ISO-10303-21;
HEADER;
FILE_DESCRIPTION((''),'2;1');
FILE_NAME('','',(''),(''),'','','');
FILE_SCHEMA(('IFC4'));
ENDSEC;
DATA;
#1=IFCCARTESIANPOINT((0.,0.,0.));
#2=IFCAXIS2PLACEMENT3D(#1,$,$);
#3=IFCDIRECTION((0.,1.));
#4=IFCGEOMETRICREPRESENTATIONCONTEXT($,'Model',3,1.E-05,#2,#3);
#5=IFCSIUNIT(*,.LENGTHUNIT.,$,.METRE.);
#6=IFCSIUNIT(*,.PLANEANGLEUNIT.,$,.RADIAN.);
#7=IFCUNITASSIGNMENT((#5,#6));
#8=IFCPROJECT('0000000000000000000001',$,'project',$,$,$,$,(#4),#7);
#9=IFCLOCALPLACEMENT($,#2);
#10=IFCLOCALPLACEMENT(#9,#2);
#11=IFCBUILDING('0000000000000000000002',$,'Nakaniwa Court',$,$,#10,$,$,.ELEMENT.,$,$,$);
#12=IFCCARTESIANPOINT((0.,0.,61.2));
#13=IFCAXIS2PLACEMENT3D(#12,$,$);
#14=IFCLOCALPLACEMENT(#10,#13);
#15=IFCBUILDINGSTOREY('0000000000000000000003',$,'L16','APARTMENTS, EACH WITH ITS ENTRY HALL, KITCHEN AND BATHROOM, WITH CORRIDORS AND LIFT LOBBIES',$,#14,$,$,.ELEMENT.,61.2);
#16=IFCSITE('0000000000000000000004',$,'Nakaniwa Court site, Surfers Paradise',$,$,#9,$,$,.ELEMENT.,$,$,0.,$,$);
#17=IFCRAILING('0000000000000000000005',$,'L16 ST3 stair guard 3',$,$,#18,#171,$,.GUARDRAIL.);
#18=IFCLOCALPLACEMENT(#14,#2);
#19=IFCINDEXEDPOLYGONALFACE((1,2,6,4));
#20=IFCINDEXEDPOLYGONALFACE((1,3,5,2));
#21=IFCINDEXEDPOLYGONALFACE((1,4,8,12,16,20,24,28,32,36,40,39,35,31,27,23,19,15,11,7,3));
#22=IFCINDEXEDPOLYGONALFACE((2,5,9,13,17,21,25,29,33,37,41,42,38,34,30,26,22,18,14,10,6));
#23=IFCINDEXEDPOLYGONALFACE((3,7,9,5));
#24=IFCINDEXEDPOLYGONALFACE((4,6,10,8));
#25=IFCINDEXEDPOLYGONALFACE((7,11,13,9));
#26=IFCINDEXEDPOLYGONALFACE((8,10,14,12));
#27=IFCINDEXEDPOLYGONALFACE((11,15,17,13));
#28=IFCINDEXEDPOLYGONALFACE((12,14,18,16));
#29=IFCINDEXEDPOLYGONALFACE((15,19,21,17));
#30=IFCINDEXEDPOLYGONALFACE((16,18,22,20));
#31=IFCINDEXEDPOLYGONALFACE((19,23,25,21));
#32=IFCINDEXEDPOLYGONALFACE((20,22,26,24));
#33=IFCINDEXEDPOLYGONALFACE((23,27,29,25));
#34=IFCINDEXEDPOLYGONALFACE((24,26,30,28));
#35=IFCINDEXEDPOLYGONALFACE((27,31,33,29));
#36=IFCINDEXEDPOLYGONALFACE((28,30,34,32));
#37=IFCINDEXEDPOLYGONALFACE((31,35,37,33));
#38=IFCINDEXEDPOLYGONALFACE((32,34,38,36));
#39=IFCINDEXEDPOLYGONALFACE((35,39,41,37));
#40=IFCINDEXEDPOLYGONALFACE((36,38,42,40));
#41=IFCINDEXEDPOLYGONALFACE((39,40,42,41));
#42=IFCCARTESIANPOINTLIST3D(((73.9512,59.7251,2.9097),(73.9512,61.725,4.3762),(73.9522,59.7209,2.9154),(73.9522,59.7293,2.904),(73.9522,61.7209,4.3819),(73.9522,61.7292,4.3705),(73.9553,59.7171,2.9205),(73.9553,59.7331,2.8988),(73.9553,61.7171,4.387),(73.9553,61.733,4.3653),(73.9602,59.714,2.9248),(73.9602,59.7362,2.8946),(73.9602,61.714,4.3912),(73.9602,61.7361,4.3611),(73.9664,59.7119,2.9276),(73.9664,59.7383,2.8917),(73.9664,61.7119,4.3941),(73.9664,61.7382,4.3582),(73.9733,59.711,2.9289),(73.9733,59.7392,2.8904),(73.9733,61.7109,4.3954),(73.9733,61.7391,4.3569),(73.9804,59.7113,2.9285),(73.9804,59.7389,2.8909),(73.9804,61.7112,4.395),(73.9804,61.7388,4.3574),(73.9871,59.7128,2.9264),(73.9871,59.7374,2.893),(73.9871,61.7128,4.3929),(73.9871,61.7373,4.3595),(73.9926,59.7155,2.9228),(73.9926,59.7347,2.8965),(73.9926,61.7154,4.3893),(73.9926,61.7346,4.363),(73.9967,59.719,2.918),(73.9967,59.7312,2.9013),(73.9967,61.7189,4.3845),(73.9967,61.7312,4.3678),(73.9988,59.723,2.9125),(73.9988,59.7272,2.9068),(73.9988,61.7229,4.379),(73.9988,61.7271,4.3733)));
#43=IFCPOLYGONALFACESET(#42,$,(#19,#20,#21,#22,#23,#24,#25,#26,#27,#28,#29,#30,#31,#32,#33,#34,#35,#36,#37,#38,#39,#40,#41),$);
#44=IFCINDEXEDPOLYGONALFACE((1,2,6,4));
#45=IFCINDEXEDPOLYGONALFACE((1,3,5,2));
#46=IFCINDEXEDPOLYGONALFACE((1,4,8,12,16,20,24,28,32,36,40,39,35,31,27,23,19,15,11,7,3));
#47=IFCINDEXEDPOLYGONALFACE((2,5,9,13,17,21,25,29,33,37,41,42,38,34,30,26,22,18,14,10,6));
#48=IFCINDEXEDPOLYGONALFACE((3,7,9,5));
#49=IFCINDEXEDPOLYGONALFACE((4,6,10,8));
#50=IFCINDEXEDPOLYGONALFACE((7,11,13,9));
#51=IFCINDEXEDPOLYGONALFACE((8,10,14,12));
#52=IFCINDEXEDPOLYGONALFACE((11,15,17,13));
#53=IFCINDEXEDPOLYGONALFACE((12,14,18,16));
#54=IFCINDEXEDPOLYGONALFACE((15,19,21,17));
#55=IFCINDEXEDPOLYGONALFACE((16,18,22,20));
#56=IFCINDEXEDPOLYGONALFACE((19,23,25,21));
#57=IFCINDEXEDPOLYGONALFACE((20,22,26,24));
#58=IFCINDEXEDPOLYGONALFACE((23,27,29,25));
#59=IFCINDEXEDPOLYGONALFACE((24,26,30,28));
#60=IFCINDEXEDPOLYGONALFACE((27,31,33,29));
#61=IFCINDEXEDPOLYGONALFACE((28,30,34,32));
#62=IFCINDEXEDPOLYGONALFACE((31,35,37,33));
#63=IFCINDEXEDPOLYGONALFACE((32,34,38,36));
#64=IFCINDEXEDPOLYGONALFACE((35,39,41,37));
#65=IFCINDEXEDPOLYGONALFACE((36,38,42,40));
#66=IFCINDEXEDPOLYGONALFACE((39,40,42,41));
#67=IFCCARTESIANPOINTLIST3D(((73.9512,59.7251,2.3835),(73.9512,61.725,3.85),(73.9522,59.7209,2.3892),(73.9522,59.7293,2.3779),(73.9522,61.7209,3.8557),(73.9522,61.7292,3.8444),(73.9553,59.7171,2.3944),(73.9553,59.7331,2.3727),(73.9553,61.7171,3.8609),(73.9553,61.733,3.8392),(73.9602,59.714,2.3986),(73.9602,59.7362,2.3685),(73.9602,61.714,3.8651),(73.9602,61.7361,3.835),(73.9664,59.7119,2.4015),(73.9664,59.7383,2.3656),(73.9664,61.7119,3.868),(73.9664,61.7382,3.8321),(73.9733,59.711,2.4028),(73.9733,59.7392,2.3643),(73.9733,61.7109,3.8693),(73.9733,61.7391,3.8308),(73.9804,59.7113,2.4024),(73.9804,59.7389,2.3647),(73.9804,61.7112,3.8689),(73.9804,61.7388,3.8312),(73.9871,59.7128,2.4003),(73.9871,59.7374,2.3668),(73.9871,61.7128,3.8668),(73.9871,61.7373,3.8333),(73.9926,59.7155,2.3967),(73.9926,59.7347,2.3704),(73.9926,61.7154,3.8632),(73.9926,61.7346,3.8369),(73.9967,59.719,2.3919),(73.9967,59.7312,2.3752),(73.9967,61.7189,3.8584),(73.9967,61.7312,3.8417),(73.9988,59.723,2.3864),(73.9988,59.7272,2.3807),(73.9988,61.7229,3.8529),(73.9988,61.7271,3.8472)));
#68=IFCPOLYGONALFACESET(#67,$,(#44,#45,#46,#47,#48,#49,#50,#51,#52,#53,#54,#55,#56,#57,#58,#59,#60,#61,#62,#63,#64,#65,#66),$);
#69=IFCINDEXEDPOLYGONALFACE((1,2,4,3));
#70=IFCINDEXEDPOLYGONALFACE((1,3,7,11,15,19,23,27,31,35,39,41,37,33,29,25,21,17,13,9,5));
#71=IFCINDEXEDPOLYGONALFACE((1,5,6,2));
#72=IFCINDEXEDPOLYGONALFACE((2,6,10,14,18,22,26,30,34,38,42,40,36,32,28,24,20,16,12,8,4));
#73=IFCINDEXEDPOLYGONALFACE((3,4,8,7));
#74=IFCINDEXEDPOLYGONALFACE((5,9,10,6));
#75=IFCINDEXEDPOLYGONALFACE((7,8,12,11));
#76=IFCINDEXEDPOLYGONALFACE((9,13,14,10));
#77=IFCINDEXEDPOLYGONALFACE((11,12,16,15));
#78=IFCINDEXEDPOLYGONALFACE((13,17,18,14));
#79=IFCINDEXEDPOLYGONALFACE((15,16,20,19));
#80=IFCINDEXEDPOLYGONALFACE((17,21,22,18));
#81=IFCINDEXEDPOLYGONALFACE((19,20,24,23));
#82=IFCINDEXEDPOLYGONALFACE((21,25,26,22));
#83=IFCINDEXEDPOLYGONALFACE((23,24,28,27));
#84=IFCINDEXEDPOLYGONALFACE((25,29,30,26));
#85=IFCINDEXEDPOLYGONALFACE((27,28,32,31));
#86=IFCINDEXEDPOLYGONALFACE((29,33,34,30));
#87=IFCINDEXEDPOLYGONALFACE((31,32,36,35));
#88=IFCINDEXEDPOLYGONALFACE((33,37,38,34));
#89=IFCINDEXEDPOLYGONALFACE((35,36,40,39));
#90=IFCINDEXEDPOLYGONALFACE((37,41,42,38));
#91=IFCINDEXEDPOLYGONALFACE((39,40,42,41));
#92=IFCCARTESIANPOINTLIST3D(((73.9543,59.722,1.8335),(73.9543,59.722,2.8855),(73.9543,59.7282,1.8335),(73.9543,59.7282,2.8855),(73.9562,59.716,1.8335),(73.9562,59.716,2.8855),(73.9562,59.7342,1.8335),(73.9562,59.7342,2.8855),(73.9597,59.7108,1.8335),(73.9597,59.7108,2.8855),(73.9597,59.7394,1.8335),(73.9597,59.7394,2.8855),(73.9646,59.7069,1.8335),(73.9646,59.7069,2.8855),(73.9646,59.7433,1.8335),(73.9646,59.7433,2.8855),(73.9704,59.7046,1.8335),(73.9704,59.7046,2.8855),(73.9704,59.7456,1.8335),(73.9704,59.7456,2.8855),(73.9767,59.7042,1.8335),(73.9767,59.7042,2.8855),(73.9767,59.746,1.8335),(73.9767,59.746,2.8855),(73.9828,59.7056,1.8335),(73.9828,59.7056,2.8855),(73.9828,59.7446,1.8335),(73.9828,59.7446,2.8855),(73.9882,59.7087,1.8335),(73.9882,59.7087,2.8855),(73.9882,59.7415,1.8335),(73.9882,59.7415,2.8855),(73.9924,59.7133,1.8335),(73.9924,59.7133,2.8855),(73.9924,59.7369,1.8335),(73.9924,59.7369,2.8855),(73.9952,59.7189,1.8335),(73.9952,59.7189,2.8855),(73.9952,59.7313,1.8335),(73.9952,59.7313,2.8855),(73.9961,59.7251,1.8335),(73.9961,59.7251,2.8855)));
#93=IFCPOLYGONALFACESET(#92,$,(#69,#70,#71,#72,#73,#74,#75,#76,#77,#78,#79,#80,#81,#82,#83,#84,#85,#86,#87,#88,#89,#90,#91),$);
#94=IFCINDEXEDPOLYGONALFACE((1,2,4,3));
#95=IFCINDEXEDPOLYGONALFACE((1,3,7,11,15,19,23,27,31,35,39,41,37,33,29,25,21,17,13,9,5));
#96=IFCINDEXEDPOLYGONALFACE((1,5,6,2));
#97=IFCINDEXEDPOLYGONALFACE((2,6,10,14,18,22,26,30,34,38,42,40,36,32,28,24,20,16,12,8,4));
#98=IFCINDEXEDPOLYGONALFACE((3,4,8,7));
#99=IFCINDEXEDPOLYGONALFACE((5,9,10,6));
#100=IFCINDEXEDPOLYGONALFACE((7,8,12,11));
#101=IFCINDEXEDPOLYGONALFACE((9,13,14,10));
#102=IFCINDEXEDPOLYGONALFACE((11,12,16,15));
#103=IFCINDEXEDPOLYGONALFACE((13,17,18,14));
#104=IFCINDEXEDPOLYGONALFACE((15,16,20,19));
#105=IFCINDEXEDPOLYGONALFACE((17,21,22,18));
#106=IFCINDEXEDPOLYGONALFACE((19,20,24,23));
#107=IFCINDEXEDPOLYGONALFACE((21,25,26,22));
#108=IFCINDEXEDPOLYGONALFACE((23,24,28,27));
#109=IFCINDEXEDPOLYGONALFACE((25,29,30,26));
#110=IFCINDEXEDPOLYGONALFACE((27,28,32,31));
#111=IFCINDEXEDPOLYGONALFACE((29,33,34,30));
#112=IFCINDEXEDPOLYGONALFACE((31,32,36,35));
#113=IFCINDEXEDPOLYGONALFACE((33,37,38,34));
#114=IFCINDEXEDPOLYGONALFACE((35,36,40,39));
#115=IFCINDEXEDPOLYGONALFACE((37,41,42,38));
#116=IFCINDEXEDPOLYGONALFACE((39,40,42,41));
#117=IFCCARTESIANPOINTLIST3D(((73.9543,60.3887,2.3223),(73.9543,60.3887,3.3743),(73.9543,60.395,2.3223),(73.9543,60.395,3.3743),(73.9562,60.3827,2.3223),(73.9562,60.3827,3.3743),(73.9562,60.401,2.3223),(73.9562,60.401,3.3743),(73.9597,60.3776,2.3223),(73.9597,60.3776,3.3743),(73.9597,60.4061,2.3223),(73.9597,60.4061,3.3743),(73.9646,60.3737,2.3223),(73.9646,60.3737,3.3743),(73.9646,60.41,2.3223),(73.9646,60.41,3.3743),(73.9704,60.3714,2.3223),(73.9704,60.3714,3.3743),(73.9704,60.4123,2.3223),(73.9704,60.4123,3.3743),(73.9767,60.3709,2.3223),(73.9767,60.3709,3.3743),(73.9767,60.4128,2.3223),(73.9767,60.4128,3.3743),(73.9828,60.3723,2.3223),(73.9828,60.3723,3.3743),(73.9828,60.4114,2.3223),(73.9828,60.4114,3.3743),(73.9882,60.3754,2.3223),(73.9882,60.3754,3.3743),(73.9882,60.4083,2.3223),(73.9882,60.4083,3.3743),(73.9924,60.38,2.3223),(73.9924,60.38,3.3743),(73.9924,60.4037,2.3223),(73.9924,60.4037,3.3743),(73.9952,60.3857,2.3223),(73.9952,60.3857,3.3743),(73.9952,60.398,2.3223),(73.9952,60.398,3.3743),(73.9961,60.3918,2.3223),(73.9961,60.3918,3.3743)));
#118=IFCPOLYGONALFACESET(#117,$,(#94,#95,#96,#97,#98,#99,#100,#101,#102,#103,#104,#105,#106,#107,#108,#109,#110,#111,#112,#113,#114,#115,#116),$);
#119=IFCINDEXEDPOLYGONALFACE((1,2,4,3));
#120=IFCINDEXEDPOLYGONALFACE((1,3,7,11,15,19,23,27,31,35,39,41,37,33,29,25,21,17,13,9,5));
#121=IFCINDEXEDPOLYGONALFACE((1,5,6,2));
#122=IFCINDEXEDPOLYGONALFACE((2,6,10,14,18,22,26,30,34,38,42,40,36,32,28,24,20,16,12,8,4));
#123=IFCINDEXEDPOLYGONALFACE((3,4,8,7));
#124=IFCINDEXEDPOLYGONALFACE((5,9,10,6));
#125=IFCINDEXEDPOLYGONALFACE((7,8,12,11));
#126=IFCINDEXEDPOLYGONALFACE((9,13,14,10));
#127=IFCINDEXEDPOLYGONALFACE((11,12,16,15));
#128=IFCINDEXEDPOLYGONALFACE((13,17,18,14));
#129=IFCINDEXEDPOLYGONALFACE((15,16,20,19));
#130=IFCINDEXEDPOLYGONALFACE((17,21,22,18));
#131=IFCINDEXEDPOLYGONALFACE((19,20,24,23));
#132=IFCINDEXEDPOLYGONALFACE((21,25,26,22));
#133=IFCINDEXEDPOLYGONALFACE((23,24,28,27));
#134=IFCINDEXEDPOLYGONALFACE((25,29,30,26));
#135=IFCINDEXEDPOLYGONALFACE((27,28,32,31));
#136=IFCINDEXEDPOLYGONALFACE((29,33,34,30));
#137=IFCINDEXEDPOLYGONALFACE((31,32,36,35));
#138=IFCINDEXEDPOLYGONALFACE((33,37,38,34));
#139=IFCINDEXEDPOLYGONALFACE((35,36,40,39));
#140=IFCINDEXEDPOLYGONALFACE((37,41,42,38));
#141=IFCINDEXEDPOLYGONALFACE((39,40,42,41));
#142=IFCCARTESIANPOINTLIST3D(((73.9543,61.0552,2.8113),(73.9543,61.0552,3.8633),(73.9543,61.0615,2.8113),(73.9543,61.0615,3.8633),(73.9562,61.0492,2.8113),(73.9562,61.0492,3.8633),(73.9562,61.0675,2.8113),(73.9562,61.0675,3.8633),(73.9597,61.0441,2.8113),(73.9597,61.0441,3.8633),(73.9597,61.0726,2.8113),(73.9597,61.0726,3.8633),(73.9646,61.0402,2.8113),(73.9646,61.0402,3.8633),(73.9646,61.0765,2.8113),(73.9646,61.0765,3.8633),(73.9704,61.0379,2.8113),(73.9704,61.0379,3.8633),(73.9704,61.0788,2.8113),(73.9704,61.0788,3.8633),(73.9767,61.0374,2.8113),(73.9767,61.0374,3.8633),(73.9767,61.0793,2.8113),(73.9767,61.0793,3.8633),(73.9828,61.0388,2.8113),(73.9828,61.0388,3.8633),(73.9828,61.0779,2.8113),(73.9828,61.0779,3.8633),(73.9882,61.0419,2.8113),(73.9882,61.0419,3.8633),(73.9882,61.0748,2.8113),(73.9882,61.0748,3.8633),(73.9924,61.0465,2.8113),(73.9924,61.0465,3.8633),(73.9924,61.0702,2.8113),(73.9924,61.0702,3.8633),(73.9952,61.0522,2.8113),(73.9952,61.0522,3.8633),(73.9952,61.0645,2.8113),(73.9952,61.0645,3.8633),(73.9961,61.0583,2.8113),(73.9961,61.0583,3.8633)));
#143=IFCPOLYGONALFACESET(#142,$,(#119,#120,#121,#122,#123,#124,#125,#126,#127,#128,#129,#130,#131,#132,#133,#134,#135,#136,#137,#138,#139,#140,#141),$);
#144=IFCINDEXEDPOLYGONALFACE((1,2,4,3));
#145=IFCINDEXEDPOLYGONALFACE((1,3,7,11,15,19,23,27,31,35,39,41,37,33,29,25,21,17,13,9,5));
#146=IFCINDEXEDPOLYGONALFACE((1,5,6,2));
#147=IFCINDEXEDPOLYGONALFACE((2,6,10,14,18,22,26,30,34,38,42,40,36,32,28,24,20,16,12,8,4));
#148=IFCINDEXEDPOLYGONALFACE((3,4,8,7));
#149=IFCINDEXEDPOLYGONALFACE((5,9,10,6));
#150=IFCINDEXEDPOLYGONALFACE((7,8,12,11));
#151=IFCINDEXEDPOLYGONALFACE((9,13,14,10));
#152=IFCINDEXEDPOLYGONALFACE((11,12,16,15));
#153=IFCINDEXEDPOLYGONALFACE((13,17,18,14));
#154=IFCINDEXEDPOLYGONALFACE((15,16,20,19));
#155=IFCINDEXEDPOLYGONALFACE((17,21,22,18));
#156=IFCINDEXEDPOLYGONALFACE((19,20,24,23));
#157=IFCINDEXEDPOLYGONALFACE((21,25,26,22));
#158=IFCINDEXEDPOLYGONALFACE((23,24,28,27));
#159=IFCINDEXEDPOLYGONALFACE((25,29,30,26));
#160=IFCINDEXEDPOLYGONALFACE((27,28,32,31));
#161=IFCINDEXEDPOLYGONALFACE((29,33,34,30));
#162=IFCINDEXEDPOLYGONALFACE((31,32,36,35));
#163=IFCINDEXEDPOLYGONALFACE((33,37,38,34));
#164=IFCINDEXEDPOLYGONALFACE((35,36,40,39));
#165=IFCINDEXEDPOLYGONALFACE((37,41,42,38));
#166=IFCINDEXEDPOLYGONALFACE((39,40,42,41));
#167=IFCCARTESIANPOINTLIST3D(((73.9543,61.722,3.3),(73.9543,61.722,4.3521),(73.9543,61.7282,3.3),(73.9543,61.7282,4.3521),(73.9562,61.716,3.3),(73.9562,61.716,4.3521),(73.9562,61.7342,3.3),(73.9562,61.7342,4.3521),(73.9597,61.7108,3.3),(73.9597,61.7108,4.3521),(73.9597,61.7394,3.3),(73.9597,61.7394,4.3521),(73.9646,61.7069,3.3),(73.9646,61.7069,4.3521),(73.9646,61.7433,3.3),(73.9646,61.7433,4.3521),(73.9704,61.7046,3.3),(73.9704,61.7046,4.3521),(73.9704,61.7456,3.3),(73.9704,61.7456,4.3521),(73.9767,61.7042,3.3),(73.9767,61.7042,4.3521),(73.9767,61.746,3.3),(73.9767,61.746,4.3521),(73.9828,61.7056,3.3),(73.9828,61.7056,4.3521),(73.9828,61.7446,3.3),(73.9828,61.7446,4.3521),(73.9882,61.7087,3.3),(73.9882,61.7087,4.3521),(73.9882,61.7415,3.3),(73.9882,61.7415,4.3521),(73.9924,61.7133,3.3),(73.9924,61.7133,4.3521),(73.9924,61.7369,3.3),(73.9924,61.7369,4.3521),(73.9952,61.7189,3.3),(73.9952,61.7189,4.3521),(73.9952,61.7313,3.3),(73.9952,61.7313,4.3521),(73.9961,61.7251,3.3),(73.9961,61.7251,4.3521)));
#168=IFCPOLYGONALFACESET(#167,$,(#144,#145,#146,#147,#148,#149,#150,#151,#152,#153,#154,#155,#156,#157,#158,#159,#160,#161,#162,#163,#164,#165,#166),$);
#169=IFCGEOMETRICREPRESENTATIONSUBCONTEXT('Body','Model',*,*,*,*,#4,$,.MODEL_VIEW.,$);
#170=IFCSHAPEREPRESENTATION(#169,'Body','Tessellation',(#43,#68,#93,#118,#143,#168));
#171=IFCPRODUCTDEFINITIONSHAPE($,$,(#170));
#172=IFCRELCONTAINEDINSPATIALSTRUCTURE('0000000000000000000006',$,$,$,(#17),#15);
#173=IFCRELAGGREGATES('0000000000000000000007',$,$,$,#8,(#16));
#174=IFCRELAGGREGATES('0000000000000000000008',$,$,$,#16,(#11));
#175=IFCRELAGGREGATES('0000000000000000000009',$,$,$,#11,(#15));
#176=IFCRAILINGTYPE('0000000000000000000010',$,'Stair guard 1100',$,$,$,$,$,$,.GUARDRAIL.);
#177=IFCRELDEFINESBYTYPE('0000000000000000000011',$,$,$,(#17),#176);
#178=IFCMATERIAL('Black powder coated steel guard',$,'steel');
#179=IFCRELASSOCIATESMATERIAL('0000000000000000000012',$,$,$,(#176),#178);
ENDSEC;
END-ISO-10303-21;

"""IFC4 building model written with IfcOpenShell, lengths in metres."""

from ifc_helpers import new_model, si_unit, direction, frame, origin, origin_2d, place, context, subcontext, project, spatial, circle, extrude, material, type_object, element, save


model = new_model("IFC4")

# Units and contexts
model_context = context("Model", 3, precision=1e-05, world=origin(), true_north=direction((0.0, 1.0)))
body_context = subcontext(model_context, "Body", "Model", "MODEL_VIEW")
ifc_project = project(units=[si_unit("LENGTHUNIT", "METRE"), si_unit("PLANEANGLEUNIT", "RADIAN")], contexts=[model_context])

# Site, building, storey
site_placement = place(None, origin())
site = spatial("IfcSite", under=ifc_project, at=site_placement, Name="Nakaniwa Court site, Surfers Paradise", CompositionType="ELEMENT", RefElevation=0.0)
building_placement = place(site_placement, origin())
building = spatial("IfcBuilding", under=site, at=building_placement, Name="Nakaniwa Court", CompositionType="ELEMENT")
storey_placement = place(building_placement, frame((0.0, 0.0, 61.2)))
storey = spatial("IfcBuildingStorey", under=building, at=storey_placement, Name="L16", Description="APARTMENTS, EACH WITH ITS ENTRY HALL, KITCHEN AND BATHROOM, WITH CORRIDORS AND LIFT LOBBIES", CompositionType="ELEMENT", Elevation=61.2)

# Railing
ifc_material_1 = material(Name="Black powder coated steel guard", Category="steel")
railing_type_1 = type_object("IfcRailingType", Name="Stair guard 1100", PredefinedType="GUARDRAIL", material=ifc_material_1)
railing_1_placement = place(storey_placement, frame((73.9751, 59.7251, 1.8335)))
element("IfcRailing", 1, at=railing_1_placement, inside=storey, type_object=railing_type_1, Name="L16 ST3 stair guard 3", PredefinedType="GUARDRAIL", context=body_context, shape_type="SweptSolid", body=[
    extrude(circle(Radius=0.0239, at=origin_2d()), frame((0.0, 0.0, 1.0762), z_axis=(0.0, 0.806427, 0.591334), x_axis=(-1.0, 0.0, 0.0)), (0.0, 0.0, 1.0), 2.48),
    extrude(circle(Radius=0.0239, at=origin_2d()), frame((0.0, 0.0, 0.55), z_axis=(0.0, 0.806427, 0.591334), x_axis=(-1.0, 0.0, 0.0)), (0.0, 0.0, 1.0), 2.48),
    extrude(circle(Radius=0.021, at=origin_2d()), origin(), (0.0, 0.0, 1.0), 1.052),
    extrude(circle(Radius=0.021, at=origin_2d()), frame((0.0, 0.6667, 0.4888)), (0.0, 0.0, 1.0), 1.052),
    extrude(circle(Radius=0.021, at=origin_2d()), frame((0.0, 1.3333, 0.9778)), (0.0, 0.0, 1.0), 1.052),
    extrude(circle(Radius=0.021, at=origin_2d()), frame((0.0, 2.0, 1.4666)), (0.0, 0.0, 1.0), 1.052),
])

save(model, "model.ifc")
